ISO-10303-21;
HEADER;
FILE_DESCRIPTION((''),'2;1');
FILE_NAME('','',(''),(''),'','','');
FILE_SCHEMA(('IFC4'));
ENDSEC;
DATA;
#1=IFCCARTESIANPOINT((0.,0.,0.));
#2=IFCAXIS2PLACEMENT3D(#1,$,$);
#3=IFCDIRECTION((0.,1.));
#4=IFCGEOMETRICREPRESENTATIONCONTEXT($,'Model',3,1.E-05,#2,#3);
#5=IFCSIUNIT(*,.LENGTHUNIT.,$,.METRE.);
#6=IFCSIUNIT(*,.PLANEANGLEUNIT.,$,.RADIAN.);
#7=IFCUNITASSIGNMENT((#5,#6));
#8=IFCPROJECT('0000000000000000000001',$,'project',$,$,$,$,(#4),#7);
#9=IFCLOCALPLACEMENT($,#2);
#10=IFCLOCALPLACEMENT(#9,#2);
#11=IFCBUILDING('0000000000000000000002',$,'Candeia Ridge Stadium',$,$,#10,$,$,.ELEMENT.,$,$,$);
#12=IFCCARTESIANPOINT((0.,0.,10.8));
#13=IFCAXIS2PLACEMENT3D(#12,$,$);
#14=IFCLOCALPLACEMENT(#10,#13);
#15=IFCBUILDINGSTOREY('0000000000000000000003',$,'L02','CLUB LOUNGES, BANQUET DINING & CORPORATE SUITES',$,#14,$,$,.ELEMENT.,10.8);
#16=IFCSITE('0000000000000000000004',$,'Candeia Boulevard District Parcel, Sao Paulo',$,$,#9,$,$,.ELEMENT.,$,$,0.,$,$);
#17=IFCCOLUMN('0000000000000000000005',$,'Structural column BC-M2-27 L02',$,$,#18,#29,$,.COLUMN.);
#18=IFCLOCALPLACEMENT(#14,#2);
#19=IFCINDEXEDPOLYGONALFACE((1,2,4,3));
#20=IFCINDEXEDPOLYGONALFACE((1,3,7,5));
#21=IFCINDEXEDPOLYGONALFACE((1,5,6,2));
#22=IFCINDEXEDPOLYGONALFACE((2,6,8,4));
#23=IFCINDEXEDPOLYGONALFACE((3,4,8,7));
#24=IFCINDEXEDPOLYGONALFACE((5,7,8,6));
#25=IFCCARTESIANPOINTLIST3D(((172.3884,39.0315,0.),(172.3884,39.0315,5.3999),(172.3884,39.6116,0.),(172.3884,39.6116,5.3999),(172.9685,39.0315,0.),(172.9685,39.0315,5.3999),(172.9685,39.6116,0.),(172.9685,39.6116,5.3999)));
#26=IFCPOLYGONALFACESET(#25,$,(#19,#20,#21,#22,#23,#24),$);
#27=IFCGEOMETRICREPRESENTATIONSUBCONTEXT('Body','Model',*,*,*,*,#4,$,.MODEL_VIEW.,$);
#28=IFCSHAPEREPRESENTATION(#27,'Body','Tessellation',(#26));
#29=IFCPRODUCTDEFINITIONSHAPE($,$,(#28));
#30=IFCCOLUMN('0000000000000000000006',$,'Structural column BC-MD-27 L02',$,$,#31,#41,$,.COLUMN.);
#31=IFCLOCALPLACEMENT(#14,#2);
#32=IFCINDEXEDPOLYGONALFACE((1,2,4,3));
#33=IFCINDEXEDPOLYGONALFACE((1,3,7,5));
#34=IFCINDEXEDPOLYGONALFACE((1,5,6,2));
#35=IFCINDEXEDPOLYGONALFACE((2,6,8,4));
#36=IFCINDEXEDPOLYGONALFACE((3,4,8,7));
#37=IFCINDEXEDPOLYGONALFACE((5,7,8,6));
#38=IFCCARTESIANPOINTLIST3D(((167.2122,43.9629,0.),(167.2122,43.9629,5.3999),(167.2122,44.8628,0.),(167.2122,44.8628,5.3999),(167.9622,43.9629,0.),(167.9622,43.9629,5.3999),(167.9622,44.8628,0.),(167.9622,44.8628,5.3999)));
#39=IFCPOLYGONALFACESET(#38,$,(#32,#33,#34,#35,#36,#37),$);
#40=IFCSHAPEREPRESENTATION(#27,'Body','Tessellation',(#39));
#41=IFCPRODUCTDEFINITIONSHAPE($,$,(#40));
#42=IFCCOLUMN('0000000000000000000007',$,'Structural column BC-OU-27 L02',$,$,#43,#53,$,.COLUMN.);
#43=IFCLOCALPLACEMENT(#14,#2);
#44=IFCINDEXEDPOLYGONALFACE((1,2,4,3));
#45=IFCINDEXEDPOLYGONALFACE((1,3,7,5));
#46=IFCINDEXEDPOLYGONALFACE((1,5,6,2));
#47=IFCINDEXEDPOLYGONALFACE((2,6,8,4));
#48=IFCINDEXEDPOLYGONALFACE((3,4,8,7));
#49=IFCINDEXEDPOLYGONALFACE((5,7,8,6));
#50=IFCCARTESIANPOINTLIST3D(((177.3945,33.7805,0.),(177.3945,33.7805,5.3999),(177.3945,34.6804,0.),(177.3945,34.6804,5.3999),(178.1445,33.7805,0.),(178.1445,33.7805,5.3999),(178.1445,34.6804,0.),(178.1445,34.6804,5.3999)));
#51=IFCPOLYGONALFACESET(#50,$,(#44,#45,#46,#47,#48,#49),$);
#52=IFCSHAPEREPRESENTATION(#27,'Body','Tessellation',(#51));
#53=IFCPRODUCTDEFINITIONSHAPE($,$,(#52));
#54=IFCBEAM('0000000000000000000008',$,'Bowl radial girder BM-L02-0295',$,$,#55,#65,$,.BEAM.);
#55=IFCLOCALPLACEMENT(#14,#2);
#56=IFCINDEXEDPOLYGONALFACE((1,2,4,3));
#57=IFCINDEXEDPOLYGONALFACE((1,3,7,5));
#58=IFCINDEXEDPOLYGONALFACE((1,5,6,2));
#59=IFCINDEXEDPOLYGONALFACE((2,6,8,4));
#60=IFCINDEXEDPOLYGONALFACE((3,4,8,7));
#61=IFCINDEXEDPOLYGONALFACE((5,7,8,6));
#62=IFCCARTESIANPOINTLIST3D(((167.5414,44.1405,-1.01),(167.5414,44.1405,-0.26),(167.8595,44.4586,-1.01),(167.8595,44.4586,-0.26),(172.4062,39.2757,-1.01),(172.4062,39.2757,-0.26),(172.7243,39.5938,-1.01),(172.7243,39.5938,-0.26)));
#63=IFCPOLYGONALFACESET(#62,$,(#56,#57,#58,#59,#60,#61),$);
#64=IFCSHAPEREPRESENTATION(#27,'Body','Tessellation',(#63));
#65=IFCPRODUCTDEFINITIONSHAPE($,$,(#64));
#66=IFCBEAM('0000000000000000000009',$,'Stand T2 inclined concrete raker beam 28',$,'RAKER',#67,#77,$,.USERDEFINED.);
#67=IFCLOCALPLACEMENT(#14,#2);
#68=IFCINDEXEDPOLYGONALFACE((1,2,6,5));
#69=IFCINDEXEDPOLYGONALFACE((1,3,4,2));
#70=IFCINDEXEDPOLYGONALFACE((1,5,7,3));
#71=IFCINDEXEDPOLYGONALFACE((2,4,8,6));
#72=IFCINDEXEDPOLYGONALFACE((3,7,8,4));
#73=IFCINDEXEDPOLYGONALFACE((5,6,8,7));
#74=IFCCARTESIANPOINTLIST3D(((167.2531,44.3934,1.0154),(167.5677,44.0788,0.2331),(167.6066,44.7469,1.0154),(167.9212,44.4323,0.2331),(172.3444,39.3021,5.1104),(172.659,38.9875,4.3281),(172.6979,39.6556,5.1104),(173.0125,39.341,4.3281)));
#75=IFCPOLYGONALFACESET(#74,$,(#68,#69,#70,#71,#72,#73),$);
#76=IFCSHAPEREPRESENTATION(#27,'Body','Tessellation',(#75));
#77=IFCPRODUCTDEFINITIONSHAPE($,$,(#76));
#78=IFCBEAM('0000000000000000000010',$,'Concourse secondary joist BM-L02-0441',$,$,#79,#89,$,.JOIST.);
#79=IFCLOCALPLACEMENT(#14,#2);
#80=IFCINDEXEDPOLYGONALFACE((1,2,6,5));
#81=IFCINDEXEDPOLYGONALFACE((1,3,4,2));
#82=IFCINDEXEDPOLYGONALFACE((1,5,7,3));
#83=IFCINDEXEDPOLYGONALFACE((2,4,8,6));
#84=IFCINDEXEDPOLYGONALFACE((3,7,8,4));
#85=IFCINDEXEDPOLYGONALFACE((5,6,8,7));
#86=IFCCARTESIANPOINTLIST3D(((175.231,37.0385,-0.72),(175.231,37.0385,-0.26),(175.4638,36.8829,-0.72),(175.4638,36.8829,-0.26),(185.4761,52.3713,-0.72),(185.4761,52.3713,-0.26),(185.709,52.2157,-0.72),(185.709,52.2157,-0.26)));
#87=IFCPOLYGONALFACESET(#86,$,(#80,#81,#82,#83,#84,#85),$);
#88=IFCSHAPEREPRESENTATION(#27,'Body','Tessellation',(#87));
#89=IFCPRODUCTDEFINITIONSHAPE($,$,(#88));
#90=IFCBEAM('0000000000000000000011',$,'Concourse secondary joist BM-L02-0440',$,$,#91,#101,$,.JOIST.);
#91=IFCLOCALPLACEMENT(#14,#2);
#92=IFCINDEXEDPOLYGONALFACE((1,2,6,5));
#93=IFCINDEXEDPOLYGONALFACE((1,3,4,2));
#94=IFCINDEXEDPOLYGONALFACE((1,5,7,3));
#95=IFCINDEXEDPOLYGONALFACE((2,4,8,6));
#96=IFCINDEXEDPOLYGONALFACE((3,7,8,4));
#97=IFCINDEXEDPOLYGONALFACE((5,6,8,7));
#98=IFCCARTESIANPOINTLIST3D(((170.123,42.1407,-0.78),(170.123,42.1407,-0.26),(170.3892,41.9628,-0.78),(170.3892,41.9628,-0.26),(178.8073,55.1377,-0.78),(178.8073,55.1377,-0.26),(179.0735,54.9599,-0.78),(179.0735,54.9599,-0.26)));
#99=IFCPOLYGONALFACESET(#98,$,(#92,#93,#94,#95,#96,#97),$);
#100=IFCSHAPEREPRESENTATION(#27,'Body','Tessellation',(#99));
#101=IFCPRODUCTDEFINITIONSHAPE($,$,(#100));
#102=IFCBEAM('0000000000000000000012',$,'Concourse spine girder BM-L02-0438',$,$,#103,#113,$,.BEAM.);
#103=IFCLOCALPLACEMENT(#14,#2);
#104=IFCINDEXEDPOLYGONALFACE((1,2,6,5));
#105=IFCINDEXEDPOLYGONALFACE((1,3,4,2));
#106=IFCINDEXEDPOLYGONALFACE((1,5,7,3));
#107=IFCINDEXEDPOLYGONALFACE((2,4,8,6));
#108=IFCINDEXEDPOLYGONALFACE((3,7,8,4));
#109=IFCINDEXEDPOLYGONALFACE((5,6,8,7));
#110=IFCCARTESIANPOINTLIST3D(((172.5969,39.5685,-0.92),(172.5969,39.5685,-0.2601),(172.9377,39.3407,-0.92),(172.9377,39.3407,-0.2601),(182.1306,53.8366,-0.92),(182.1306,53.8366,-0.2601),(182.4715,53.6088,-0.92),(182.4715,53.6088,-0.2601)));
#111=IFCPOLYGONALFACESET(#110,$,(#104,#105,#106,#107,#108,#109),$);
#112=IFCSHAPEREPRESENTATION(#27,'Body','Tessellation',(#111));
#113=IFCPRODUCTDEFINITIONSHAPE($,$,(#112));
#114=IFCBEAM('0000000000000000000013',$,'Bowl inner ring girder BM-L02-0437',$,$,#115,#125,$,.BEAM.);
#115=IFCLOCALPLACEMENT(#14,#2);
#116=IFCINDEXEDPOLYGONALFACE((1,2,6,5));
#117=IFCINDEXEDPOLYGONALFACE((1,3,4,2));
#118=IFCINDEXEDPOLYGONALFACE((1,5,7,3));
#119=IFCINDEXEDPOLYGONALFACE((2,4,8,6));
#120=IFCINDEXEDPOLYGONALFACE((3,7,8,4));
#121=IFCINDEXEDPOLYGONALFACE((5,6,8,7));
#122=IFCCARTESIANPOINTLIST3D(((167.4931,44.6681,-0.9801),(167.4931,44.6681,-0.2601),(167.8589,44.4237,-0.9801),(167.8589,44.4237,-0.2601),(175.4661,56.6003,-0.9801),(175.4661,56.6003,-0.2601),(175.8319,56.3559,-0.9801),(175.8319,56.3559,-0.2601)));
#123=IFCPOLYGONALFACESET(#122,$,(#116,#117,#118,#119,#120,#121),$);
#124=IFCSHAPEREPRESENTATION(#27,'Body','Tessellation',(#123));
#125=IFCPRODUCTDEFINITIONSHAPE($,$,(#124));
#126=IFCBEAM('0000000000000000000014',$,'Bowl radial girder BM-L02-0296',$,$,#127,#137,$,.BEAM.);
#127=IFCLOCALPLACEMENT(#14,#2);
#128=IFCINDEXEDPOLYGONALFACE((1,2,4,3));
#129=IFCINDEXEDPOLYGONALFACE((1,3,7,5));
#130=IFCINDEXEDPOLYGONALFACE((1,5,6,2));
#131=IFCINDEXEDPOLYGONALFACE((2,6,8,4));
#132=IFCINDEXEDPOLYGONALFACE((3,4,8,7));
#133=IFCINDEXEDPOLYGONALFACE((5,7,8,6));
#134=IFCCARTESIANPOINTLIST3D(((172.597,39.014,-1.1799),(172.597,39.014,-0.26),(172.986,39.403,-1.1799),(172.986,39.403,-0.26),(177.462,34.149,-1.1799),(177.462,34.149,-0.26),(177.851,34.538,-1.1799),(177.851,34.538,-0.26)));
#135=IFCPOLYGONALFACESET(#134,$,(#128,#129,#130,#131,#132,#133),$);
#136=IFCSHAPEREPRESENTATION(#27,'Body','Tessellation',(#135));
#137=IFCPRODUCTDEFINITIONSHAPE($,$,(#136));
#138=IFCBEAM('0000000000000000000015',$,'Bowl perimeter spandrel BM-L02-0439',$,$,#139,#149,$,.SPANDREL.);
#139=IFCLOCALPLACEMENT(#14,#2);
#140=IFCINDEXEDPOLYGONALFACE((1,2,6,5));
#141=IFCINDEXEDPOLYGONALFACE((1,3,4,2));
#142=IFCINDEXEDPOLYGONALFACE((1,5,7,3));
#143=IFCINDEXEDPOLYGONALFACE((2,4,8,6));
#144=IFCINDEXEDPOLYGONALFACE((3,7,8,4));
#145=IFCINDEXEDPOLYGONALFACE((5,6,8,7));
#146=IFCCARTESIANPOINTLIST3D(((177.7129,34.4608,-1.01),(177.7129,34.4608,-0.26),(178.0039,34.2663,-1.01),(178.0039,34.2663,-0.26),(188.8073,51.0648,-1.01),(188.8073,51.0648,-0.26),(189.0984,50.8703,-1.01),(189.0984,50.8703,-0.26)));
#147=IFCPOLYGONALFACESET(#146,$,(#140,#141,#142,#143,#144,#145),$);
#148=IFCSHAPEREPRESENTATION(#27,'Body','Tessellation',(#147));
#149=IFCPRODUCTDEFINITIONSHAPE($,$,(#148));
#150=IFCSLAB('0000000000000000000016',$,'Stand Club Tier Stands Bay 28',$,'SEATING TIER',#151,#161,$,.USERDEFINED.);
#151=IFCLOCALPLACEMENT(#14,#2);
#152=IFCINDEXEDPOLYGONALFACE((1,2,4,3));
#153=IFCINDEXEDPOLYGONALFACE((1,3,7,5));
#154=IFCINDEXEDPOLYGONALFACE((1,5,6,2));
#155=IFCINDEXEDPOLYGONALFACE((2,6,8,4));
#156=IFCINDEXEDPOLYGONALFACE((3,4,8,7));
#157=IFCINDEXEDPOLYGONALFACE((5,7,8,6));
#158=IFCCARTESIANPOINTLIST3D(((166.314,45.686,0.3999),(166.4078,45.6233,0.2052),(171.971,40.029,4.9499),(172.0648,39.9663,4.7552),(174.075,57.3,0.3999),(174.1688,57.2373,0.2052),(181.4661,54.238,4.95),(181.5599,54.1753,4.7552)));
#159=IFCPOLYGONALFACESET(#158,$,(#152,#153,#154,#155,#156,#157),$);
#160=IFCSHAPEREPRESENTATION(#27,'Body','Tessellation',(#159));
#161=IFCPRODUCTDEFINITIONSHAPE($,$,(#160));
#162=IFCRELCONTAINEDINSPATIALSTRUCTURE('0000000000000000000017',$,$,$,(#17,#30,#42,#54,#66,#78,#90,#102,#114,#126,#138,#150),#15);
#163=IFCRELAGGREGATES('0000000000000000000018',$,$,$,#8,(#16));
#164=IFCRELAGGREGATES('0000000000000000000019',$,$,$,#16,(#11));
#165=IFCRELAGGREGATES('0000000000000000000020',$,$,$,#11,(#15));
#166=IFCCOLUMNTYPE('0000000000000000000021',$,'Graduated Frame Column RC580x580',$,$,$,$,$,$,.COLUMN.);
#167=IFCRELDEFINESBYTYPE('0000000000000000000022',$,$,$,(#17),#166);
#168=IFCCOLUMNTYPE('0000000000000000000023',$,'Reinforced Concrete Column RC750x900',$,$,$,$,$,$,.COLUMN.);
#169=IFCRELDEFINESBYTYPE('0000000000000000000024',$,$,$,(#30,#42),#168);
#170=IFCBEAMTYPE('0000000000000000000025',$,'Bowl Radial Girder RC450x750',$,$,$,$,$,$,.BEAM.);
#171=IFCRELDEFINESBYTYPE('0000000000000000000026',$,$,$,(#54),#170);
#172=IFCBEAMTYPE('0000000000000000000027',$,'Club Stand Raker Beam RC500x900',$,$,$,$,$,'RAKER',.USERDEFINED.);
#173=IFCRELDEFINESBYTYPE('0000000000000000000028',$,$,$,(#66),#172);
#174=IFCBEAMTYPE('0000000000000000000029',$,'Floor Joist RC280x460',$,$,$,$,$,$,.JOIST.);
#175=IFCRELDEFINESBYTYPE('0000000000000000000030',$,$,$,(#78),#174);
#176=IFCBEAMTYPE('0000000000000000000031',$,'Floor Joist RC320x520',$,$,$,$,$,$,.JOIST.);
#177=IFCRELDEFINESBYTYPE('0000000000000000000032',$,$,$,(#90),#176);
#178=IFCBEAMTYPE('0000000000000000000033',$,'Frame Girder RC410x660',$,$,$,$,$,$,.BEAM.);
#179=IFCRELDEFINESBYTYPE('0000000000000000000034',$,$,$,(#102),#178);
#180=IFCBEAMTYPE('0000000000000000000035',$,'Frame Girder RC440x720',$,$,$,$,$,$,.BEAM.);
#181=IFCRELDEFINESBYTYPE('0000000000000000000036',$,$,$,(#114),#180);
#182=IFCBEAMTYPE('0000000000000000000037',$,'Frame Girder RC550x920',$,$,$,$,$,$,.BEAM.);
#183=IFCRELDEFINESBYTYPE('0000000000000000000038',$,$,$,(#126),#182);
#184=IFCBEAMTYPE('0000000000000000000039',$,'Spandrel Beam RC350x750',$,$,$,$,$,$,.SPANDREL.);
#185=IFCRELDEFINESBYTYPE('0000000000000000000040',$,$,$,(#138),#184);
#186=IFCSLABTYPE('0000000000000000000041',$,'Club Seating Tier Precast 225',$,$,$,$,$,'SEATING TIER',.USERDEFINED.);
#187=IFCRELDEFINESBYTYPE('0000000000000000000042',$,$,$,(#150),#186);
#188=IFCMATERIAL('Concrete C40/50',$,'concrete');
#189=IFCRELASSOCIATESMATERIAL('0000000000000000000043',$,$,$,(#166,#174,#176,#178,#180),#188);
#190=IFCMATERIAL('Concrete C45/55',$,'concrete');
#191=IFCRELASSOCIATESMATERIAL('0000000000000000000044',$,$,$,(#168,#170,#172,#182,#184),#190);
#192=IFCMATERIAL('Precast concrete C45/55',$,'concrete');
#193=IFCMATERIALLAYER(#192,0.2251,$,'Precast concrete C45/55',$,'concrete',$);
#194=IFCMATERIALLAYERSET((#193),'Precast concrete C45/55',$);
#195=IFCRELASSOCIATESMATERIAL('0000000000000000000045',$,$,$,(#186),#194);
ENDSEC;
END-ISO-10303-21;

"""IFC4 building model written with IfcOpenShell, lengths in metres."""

from ifc_helpers import new_model, si_unit, direction, frame, origin, origin_2d, place, context, subcontext, project, spatial, polyline, rectangle, outline, extrude, material, layer, layer_set, material_profile, profile_set, type_object, element, save


model = new_model("IFC4")

# Units and contexts
model_context = context("Model", 3, precision=1e-05, world=origin(), true_north=direction((0.0, 1.0)))
body_context = subcontext(model_context, "Body", "Model", "MODEL_VIEW")
ifc_project = project(units=[si_unit("LENGTHUNIT", "METRE"), si_unit("PLANEANGLEUNIT", "RADIAN")], contexts=[model_context])

# Site, building, storey
site_placement = place(None, origin())
site = spatial("IfcSite", under=ifc_project, at=site_placement, Name="Candeia Boulevard District Parcel, Sao Paulo", CompositionType="ELEMENT", RefElevation=0.0)
building_placement = place(site_placement, origin())
building = spatial("IfcBuilding", under=site, at=building_placement, Name="Candeia Ridge Stadium", CompositionType="ELEMENT")
storey_placement = place(building_placement, frame((0.0, 0.0, 10.8)))
storey = spatial("IfcBuildingStorey", under=building, at=storey_placement, Name="L02", Description="CLUB LOUNGES, BANQUET DINING & CORPORATE SUITES", CompositionType="ELEMENT", Elevation=10.8)

# Columns
ifc_material_1 = material(Name="Concrete C40/50", Category="concrete")
ifc_material_profile_1 = material_profile(ifc_material_1, rectangle(XDim=0.5801, YDim=0.5801, at=origin_2d()), Name="RC580x580", Category="concrete")
ifc_profile_set_1 = profile_set([ifc_material_profile_1], Name="Concrete C40/50")
column_type_1 = type_object("IfcColumnType", Name="Graduated Frame Column RC580x580", PredefinedType="COLUMN", material=ifc_profile_set_1)
column_placement = place(storey_placement, frame((172.6785, 39.3215, 0.0), z_axis=(0.0, 0.0, 1.0), x_axis=(1.0, 0.0, 0.0)))
element("IfcColumn", 1, at=column_placement, inside=storey, type_object=column_type_1, Name="Structural column BC-M2-27 L02", PredefinedType="COLUMN", context=body_context, shape_type="SweptSolid", body=[
    extrude(rectangle(XDim=0.5801, YDim=0.5801, at=origin_2d()), origin(), (0.0, 0.0, 1.0), 5.3999),
])
ifc_material_2 = material(Name="Concrete C45/55", Category="concrete")
ifc_material_profile_2 = material_profile(ifc_material_2, rectangle(XDim=0.75, YDim=0.8999, at=origin_2d()), Name="RC750x900", Category="concrete")
ifc_profile_set_2 = profile_set([ifc_material_profile_2], Name="Concrete C45/55")
column_type_2 = type_object("IfcColumnType", Name="Reinforced Concrete Column RC750x900", PredefinedType="COLUMN", material=ifc_profile_set_2)
for number, where, z_axis, x_axis, name in (
    (2, (167.5872, 44.4128, 0.0), (0.0, 0.0, 1.0), (1.0, 0.0, 0.0), "Structural column BC-MD-27 L02"),
    (3, (177.7695, 34.2305, 0.0), (0.0, 0.0, 1.0), (1.0, 0.0, 0.0), "Structural column BC-OU-27 L02"),
):
    element("IfcColumn", number, at=place(storey_placement, frame(where, z_axis=z_axis, x_axis=x_axis)), inside=storey, type_object=column_type_2, Name=name, PredefinedType="COLUMN", context=body_context, shape_type="SweptSolid", body=[
        extrude(rectangle(XDim=0.75, YDim=0.8999, at=origin_2d()), origin(), (0.0, 0.0, 1.0), 5.3999),
    ])

# Beams
ifc_material_profile_3 = material_profile(ifc_material_2, rectangle(XDim=0.45, YDim=0.75, at=origin_2d()), Name="RC450x750", Category="concrete")
ifc_profile_set_3 = profile_set([ifc_material_profile_3], Name="Concrete C45/55")
beam_type_1 = type_object("IfcBeamType", Name="Bowl Radial Girder RC450x750", PredefinedType="BEAM", material=ifc_profile_set_3)
beam_1_placement = place(storey_placement, frame((167.7004, 44.2996, -0.635), z_axis=(0.707107, -0.707107, 0.0), x_axis=(0.707107, 0.707107, 0.0)))
element("IfcBeam", 4, at=beam_1_placement, inside=storey, type_object=beam_type_1, Name="Bowl radial girder BM-L02-0295", PredefinedType="BEAM", context=body_context, shape_type="SweptSolid", body=[
    extrude(rectangle(XDim=0.45, YDim=0.75, at=origin_2d()), origin(), (0.0, 0.0, 1.0), 6.8799),
])
ifc_material_profile_4 = material_profile(ifc_material_2, rectangle(XDim=0.5, YDim=0.8999, at=origin_2d()), Name="RC500x900", Category="concrete")
ifc_profile_set_4 = profile_set([ifc_material_profile_4], Name="Concrete C45/55")
beam_type_2 = type_object("IfcBeamType", Name="Club Stand Raker Beam RC500x900", ElementType="RAKER", PredefinedType="USERDEFINED", material=ifc_profile_set_4)
beam_2_placement = place(storey_placement, frame((167.5872, 44.4128, 0.6243), z_axis=(0.614654, -0.614654, 0.49437), x_axis=(0.707107, 0.707107, 0.0)))
element("IfcBeam", 5, at=beam_2_placement, inside=storey, type_object=beam_type_2, Name="Stand T2 inclined concrete raker beam 28", ObjectType="RAKER", PredefinedType="USERDEFINED", context=body_context, shape_type="SweptSolid", body=[
    extrude(rectangle(XDim=0.5, YDim=0.8999, at=origin_2d()), origin(), (0.0, 0.0, 1.0), 8.2832),
])
ifc_material_profile_5 = material_profile(ifc_material_1, rectangle(XDim=0.28, YDim=0.46, at=origin_2d()), Name="RC280x460", Category="concrete")
ifc_profile_set_5 = profile_set([ifc_material_profile_5], Name="Concrete C40/50")
beam_type_3 = type_object("IfcBeamType", Name="Floor Joist RC280x460", PredefinedType="JOIST", material=ifc_profile_set_5)
beam_3_placement = place(storey_placement, frame((175.3474, 36.9607, -0.49), z_axis=(0.555574, 0.831467, 0.0), x_axis=(-0.831467, 0.555574, 0.0)))
element("IfcBeam", 6, at=beam_3_placement, inside=storey, type_object=beam_type_3, Name="Concourse secondary joist BM-L02-0441", PredefinedType="JOIST", context=body_context, shape_type="SweptSolid", body=[
    extrude(rectangle(XDim=0.28, YDim=0.46, at=origin_2d()), origin(), (0.0, 0.0, 1.0), 18.4407),
])
ifc_material_profile_6 = material_profile(ifc_material_1, rectangle(XDim=0.3201, YDim=0.52, at=origin_2d()), Name="RC320x520", Category="concrete")
ifc_profile_set_6 = profile_set([ifc_material_profile_6], Name="Concrete C40/50")
beam_type_4 = type_object("IfcBeamType", Name="Floor Joist RC320x520", PredefinedType="JOIST", material=ifc_profile_set_6)
beam_4_placement = place(storey_placement, frame((170.2561, 42.0518, -0.52), z_axis=(0.555569, 0.831471, 0.0), x_axis=(-0.831471, 0.555569, 0.0)))
element("IfcBeam", 7, at=beam_4_placement, inside=storey, type_object=beam_type_4, Name="Concourse secondary joist BM-L02-0440", PredefinedType="JOIST", context=body_context, shape_type="SweptSolid", body=[
    extrude(rectangle(XDim=0.3201, YDim=0.52, at=origin_2d()), origin(), (0.0, 0.0, 1.0), 15.6313),
])
ifc_material_profile_7 = material_profile(ifc_material_1, rectangle(XDim=0.4099, YDim=0.6599, at=origin_2d()), Name="RC410x660", Category="concrete")
ifc_profile_set_7 = profile_set([ifc_material_profile_7], Name="Concrete C40/50")
beam_type_5 = type_object("IfcBeamType", Name="Frame Girder RC410x660", PredefinedType="BEAM", material=ifc_profile_set_7)
beam_5_placement = place(storey_placement, frame((172.7673, 39.4546, -0.5901), z_axis=(0.555573, 0.831468, 0.0), x_axis=(-0.831468, 0.555573, 0.0)))
element("IfcBeam", 8, at=beam_5_placement, inside=storey, type_object=beam_type_5, Name="Concourse spine girder BM-L02-0438", PredefinedType="BEAM", context=body_context, shape_type="SweptSolid", body=[
    extrude(rectangle(XDim=0.4099, YDim=0.6599, at=origin_2d()), origin(), (0.0, 0.0, 1.0), 17.1602),
])
ifc_material_profile_8 = material_profile(ifc_material_1, rectangle(XDim=0.4399, YDim=0.72, at=origin_2d()), Name="RC440x720", Category="concrete")
ifc_profile_set_8 = profile_set([ifc_material_profile_8], Name="Concrete C40/50")
beam_type_6 = type_object("IfcBeamType", Name="Frame Girder RC440x720", PredefinedType="BEAM", material=ifc_profile_set_8)
beam_6_placement = place(storey_placement, frame((167.676, 44.5459, -0.6201), z_axis=(0.555575, 0.831466, 0.0), x_axis=(-0.831466, 0.555575, 0.0)))
element("IfcBeam", 9, at=beam_6_placement, inside=storey, type_object=beam_type_6, Name="Bowl inner ring girder BM-L02-0437", PredefinedType="BEAM", context=body_context, shape_type="SweptSolid", body=[
    extrude(rectangle(XDim=0.4399, YDim=0.72, at=origin_2d()), origin(), (0.0, 0.0, 1.0), 14.3508),
])
ifc_material_profile_9 = material_profile(ifc_material_2, rectangle(XDim=0.55, YDim=0.9199, at=origin_2d()), Name="RC550x920", Category="concrete")
ifc_profile_set_9 = profile_set([ifc_material_profile_9], Name="Concrete C45/55")
beam_type_7 = type_object("IfcBeamType", Name="Frame Girder RC550x920", PredefinedType="BEAM", material=ifc_profile_set_9)
beam_7_placement = place(storey_placement, frame((172.7915, 39.2085, -0.72), z_axis=(0.707107, -0.707107, 0.0), x_axis=(0.707107, 0.707107, 0.0)))
element("IfcBeam", 10, at=beam_7_placement, inside=storey, type_object=beam_type_7, Name="Bowl radial girder BM-L02-0296", PredefinedType="BEAM", context=body_context, shape_type="SweptSolid", body=[
    extrude(rectangle(XDim=0.55, YDim=0.9199, at=origin_2d()), origin(), (0.0, 0.0, 1.0), 6.8801),
])
ifc_material_profile_10 = material_profile(ifc_material_2, rectangle(XDim=0.3501, YDim=0.75, at=origin_2d()), Name="RC350x750", Category="concrete")
ifc_profile_set_10 = profile_set([ifc_material_profile_10], Name="Concrete C45/55")
beam_type_8 = type_object("IfcBeamType", Name="Spandrel Beam RC350x750", PredefinedType="SPANDREL", material=ifc_profile_set_10)
beam_8_placement = place(storey_placement, frame((177.8584, 34.3635, -0.635), z_axis=(0.555572, 0.831469, 0.0), x_axis=(-0.831469, 0.555572, 0.0)))
element("IfcBeam", 11, at=beam_8_placement, inside=storey, type_object=beam_type_8, Name="Bowl perimeter spandrel BM-L02-0439", PredefinedType="SPANDREL", context=body_context, shape_type="SweptSolid", body=[
    extrude(rectangle(XDim=0.3501, YDim=0.75, at=origin_2d()), origin(), (0.0, 0.0, 1.0), 19.9695),
])

# Slab
ifc_material_3 = material(Name="Precast concrete C45/55", Category="concrete")
ifc_layer_1 = layer(ifc_material_3, 0.2251, Name="Precast concrete C45/55", Category="concrete")
ifc_layer_set_1 = layer_set([ifc_layer_1], Name="Precast concrete C45/55")
slab_type = type_object("IfcSlabType", Name="Club Seating Tier Precast 225", ElementType="SEATING TIER", PredefinedType="USERDEFINED", material=ifc_layer_set_1)
slab_placement = place(storey_placement, frame((166.314, 45.686, 0.3999), z_axis=(-0.417085, 0.278715, 0.865077), x_axis=(0.555608, 0.831445, -0.000001)))
element("IfcSlab", 12, at=slab_placement, inside=storey, type_object=slab_type, Name="Stand Club Tier Stands Bay 28", ObjectType="SEATING TIER", PredefinedType="USERDEFINED", context=body_context, shape_type="SweptSolid", body=[
    extrude(outline(polyline([(0.0, 0.0), (13.9685, 0.0), (15.5291, -9.0704), (-1.5604, -9.0703), (0.0, 0.0)])), origin(), (0.0, 0.0, -1.0), 0.2251),
])

save(model, "model.ifc")
